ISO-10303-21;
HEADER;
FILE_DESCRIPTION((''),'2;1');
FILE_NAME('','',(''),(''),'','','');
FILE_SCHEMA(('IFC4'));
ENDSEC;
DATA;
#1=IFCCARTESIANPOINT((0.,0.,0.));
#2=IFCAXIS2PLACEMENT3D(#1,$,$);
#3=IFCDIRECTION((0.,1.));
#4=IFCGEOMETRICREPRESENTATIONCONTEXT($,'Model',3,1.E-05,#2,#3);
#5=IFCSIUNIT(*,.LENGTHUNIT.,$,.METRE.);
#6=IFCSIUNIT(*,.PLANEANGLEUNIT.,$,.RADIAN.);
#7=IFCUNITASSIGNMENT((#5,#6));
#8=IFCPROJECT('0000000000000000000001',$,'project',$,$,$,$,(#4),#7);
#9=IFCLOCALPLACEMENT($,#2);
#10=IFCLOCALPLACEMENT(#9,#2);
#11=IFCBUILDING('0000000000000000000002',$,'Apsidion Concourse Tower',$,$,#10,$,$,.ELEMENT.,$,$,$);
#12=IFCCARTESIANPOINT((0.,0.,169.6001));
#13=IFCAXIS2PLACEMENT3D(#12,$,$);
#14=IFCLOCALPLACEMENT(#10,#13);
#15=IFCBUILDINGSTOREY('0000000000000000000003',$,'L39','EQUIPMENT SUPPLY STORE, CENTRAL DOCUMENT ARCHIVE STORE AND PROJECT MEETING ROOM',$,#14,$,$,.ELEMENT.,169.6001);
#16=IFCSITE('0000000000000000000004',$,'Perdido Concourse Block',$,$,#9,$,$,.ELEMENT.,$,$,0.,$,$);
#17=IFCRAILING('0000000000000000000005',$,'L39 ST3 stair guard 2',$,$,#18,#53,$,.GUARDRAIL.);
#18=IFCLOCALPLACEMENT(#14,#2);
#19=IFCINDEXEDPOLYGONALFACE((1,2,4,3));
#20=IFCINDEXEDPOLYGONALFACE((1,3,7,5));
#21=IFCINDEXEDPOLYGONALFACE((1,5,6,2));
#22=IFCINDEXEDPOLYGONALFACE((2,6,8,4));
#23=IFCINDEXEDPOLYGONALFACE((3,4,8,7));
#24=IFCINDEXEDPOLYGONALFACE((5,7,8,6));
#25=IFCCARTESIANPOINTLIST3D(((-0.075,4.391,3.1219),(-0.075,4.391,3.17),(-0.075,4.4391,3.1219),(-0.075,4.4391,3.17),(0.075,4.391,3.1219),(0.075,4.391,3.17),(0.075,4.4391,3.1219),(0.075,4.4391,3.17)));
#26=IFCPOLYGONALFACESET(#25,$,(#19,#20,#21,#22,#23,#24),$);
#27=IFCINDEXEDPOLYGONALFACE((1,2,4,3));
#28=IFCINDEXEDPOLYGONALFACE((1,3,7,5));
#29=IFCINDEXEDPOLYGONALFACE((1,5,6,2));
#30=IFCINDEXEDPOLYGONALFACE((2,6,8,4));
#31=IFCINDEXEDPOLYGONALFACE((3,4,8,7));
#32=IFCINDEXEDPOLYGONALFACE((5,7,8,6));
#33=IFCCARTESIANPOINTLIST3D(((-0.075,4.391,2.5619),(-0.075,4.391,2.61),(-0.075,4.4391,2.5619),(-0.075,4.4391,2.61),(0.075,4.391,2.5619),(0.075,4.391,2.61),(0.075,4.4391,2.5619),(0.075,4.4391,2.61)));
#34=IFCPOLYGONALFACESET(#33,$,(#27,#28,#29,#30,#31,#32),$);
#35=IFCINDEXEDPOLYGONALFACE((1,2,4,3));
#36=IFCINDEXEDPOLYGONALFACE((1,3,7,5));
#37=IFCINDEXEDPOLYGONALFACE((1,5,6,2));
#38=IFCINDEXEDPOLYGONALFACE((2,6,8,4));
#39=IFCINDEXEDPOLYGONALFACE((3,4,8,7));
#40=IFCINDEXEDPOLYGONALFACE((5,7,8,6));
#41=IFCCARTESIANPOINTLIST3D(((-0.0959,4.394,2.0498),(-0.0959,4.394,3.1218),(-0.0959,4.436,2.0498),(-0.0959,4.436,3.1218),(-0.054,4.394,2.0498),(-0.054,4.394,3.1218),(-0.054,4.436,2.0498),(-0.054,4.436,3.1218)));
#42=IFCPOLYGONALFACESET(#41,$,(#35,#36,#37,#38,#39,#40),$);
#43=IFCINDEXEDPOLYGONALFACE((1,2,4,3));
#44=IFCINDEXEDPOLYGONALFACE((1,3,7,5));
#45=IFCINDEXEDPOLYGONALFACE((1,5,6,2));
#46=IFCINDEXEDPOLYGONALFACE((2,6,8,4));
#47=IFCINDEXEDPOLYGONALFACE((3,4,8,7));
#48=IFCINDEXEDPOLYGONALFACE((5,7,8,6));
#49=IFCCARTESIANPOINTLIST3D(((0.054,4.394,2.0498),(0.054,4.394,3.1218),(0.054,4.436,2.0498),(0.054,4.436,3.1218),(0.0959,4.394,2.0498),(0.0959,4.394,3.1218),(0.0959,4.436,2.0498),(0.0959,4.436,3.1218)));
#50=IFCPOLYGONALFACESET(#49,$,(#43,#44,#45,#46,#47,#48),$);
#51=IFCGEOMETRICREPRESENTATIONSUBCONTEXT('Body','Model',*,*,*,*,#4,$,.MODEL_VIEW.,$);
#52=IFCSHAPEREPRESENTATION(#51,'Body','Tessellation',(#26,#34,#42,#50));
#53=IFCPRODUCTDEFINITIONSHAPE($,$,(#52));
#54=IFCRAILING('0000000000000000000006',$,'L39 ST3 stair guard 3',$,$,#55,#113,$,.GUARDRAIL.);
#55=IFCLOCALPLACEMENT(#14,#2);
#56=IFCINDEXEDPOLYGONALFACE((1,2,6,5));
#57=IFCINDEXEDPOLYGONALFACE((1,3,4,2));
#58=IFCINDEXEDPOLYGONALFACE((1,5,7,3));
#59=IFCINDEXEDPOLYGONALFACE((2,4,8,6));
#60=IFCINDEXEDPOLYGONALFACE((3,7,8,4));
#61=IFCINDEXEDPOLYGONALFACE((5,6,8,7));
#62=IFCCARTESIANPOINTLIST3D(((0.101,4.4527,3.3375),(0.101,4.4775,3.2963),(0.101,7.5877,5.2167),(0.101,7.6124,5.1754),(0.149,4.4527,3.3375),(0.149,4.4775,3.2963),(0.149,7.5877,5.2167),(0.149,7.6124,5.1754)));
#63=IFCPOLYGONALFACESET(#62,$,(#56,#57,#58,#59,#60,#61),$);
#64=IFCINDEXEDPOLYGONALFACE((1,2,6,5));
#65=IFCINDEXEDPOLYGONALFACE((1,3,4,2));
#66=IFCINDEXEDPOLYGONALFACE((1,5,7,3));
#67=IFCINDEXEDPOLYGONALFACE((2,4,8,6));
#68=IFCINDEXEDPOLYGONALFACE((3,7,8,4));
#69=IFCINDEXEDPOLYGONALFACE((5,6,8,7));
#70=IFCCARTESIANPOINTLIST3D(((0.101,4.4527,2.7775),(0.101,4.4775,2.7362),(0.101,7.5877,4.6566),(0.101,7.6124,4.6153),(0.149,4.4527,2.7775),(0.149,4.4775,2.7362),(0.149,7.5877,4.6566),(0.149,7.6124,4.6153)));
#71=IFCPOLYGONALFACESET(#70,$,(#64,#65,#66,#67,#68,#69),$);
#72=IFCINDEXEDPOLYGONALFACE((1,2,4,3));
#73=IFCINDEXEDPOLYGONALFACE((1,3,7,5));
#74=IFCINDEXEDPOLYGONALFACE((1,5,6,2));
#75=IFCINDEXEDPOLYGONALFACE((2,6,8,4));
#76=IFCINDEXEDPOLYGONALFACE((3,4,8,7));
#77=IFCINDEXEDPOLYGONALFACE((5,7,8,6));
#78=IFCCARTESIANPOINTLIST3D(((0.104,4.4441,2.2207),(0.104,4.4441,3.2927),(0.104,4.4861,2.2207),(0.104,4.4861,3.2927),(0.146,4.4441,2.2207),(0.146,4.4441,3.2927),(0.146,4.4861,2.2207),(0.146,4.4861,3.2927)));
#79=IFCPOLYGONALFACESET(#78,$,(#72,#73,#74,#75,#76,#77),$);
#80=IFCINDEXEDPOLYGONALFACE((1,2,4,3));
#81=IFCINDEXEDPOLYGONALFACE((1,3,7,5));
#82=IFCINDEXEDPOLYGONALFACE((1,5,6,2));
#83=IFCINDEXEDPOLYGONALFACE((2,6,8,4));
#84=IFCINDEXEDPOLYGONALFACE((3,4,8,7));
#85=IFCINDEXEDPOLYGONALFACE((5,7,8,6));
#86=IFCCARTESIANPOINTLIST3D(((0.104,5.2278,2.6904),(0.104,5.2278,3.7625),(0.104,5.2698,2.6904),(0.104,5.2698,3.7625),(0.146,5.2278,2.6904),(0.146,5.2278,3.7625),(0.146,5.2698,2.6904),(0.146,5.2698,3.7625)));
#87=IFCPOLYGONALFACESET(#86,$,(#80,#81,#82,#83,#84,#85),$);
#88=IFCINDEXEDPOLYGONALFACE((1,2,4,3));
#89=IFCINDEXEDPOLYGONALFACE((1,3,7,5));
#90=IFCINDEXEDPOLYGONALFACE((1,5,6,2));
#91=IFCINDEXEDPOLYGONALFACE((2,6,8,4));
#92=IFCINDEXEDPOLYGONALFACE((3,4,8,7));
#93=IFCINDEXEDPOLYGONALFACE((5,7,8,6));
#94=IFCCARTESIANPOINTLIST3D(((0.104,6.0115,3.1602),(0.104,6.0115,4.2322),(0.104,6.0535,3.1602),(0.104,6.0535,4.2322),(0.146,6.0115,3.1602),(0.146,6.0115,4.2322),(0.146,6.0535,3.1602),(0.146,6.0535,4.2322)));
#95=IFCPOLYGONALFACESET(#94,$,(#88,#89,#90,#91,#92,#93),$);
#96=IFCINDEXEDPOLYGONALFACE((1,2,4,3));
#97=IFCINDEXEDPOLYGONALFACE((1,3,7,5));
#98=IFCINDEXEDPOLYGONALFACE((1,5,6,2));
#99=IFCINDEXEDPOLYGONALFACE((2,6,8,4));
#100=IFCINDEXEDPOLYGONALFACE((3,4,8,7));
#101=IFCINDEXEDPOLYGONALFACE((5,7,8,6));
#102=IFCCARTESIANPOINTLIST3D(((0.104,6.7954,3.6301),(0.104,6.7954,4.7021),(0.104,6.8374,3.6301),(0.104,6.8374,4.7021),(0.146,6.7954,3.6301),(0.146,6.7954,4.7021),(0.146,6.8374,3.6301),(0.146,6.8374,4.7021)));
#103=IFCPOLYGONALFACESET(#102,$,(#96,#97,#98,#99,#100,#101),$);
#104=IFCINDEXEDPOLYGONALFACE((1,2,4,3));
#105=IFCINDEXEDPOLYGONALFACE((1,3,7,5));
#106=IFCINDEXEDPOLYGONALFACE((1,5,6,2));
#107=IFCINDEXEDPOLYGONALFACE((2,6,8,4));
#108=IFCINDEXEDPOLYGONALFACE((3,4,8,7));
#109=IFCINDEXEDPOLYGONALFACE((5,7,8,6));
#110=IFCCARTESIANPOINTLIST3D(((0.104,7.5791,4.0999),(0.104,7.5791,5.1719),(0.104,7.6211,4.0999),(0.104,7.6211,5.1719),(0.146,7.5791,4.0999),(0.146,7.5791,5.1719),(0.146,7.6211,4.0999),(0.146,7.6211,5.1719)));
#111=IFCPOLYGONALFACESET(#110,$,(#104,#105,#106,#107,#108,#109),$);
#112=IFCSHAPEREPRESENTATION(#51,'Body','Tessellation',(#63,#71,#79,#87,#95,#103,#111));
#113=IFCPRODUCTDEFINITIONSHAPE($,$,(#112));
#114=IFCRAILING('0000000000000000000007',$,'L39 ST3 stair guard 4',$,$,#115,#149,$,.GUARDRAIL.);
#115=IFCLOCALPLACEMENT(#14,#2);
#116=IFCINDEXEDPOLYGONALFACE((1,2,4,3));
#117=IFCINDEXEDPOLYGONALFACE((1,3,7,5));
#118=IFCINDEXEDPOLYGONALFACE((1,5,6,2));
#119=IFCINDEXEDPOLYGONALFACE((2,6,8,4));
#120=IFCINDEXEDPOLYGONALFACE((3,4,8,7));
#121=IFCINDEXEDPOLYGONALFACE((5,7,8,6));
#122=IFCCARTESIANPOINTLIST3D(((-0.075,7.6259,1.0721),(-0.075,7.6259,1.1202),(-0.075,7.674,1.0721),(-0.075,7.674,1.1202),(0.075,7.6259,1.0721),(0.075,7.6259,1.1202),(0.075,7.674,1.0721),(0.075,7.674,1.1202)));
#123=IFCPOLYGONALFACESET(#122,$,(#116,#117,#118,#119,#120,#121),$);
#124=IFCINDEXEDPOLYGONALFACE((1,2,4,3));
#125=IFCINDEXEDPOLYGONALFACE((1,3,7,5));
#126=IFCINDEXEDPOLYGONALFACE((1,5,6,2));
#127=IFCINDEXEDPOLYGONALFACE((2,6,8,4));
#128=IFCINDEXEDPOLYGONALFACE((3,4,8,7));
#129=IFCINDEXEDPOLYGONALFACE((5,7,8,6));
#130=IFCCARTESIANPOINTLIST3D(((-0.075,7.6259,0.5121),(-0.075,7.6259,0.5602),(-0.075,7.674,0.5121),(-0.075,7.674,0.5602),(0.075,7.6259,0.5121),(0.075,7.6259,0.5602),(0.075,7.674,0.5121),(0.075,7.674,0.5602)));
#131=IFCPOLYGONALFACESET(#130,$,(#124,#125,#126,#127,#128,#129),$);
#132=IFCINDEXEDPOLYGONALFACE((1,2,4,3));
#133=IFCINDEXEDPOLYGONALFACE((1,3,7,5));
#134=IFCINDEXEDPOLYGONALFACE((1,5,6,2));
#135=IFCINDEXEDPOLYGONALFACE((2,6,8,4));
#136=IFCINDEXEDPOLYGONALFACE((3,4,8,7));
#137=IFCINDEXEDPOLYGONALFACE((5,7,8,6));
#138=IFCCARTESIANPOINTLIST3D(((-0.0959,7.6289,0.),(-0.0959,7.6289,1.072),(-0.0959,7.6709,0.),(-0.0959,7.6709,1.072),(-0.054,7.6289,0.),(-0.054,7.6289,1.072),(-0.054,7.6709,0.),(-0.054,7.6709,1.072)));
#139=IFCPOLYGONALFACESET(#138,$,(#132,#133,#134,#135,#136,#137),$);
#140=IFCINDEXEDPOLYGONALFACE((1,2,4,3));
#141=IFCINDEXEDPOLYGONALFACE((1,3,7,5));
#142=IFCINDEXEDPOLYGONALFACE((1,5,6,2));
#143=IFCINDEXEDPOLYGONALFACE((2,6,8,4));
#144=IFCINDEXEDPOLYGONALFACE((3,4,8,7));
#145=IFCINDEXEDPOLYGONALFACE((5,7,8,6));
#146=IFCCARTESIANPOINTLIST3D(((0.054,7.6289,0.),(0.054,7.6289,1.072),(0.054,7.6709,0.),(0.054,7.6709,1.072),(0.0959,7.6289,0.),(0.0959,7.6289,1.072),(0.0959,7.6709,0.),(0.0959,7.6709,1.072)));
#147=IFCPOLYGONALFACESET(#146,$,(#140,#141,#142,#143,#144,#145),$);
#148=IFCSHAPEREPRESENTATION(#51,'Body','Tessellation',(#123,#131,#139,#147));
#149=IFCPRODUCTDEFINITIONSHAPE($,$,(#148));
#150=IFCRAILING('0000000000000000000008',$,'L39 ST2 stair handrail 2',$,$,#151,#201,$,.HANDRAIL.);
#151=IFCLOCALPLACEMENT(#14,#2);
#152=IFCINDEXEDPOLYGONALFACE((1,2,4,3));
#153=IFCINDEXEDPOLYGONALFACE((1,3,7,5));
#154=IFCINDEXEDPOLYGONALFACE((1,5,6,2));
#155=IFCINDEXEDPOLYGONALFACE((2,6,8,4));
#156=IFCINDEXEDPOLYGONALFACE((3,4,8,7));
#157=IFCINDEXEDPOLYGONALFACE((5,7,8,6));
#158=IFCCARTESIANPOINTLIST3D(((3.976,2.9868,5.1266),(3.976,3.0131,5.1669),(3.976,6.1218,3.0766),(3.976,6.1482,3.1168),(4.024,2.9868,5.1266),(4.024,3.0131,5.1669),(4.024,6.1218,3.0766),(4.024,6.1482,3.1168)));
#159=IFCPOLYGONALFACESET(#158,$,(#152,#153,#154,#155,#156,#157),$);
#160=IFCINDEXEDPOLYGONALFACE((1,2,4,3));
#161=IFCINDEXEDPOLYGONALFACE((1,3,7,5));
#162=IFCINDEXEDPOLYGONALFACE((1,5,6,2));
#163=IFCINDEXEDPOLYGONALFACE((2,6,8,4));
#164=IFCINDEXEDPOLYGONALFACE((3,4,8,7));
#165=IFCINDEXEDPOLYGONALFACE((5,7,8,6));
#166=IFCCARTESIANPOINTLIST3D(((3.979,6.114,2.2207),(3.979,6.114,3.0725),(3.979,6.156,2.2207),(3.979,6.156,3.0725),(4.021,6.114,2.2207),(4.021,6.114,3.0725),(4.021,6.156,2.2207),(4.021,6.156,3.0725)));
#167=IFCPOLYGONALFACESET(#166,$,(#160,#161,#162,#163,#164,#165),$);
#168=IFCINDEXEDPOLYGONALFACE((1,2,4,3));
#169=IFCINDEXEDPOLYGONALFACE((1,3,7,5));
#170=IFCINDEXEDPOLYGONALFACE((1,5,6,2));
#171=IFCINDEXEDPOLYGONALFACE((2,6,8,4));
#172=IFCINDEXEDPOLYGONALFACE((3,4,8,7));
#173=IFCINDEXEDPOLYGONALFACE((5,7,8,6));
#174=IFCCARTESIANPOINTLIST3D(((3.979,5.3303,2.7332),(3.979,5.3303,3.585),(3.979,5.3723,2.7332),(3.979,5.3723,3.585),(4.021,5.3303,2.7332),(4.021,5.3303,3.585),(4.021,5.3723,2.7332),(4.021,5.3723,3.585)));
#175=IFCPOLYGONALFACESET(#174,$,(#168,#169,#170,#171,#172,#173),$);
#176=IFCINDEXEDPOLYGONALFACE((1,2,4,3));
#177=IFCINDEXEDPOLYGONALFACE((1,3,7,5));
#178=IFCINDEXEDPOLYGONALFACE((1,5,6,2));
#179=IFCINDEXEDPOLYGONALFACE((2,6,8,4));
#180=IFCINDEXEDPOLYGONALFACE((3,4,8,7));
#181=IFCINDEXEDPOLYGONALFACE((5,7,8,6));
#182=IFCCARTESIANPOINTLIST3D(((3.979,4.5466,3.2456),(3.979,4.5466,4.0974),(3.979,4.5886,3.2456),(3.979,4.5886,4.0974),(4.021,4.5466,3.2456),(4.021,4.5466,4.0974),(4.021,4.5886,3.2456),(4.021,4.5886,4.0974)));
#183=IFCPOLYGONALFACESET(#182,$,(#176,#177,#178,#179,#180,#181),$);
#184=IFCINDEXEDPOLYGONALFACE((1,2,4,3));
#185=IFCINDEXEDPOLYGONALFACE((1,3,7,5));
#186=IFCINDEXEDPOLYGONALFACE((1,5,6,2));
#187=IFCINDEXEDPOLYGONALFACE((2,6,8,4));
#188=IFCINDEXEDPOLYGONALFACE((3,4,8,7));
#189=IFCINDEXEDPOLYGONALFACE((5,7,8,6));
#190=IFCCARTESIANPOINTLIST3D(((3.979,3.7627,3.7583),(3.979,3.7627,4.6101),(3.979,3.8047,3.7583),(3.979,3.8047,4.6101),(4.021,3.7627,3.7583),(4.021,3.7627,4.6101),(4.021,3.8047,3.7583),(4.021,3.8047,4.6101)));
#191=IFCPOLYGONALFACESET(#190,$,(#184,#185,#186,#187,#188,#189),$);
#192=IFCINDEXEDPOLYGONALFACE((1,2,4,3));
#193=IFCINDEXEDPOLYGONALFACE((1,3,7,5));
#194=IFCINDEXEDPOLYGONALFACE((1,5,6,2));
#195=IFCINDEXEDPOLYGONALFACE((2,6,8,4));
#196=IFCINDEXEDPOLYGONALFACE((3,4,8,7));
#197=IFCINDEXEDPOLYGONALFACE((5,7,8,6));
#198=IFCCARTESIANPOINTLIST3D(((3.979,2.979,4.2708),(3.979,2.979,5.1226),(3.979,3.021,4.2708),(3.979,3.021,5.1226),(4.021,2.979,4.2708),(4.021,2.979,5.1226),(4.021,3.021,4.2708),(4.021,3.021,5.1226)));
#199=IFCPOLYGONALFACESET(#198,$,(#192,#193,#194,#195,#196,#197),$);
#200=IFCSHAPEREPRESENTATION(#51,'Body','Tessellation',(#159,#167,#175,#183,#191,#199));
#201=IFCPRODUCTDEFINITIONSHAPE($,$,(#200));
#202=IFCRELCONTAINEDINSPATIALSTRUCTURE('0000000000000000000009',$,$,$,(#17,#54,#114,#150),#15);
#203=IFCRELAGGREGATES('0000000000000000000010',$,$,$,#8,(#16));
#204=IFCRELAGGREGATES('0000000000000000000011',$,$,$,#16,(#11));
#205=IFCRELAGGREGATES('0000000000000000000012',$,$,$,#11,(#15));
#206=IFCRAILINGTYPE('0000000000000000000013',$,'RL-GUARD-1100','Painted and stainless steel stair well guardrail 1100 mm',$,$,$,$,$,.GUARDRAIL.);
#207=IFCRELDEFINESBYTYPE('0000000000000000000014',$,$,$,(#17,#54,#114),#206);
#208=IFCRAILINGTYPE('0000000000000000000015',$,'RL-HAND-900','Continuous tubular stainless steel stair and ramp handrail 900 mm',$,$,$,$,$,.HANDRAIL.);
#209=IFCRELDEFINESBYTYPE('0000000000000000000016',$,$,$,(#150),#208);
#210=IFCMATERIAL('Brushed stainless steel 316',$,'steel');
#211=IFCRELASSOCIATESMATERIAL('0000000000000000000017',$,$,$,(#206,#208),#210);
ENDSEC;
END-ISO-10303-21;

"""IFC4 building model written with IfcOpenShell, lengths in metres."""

from ifc_helpers import new_model, si_unit, direction, frame, origin, origin_2d, place, context, subcontext, project, spatial, rectangle, extrude, material, type_object, element, save


model = new_model("IFC4")

# Units and contexts
model_context = context("Model", 3, precision=1e-05, world=origin(), true_north=direction((0.0, 1.0)))
body_context = subcontext(model_context, "Body", "Model", "MODEL_VIEW")
ifc_project = project(units=[si_unit("LENGTHUNIT", "METRE"), si_unit("PLANEANGLEUNIT", "RADIAN")], contexts=[model_context])

# Site, building, storey
site_placement = place(None, origin())
site = spatial("IfcSite", under=ifc_project, at=site_placement, Name="Perdido Concourse Block", CompositionType="ELEMENT", RefElevation=0.0)
building_placement = place(site_placement, origin())
building = spatial("IfcBuilding", under=site, at=building_placement, Name="Apsidion Concourse Tower", CompositionType="ELEMENT")
storey_placement = place(building_placement, frame((0.0, 0.0, 169.6001)))
storey = spatial("IfcBuildingStorey", under=building, at=storey_placement, Name="L39", Description="EQUIPMENT SUPPLY STORE, CENTRAL DOCUMENT ARCHIVE STORE AND PROJECT MEETING ROOM", CompositionType="ELEMENT", Elevation=169.6001)

# Railings
ifc_material_1 = material(Name="Brushed stainless steel 316", Category="steel")
railing_type_1 = type_object("IfcRailingType", Name="RL-GUARD-1100", Description="Painted and stainless steel stair well guardrail 1100 mm", PredefinedType="GUARDRAIL", material=ifc_material_1)
railing_1_placement = place(storey_placement, frame((-0.075, 4.415, 2.0498)))
element("IfcRailing", 1, at=railing_1_placement, inside=storey, type_object=railing_type_1, Name="L39 ST3 stair guard 2", PredefinedType="GUARDRAIL", context=body_context, shape_type="SweptSolid", body=[
    extrude(rectangle(XDim=0.0481, YDim=0.0481, at=origin_2d()), frame((0.0, 0.0, 1.0962), z_axis=(1.0, 0.0, 0.0), x_axis=(0.0, 1.0, 0.0)), (0.0, 0.0, 1.0), 0.1499),
    extrude(rectangle(XDim=0.0481, YDim=0.0481, at=origin_2d()), frame((0.0, 0.0, 0.5361), z_axis=(1.0, 0.0, 0.0), x_axis=(0.0, 1.0, 0.0)), (0.0, 0.0, 1.0), 0.1499),
    extrude(rectangle(XDim=0.042, YDim=0.042, at=origin_2d()), origin(), (0.0, 0.0, 1.0), 1.072),
    extrude(rectangle(XDim=0.042, YDim=0.042, at=origin_2d()), frame((0.1499, 0.0, 0.0)), (0.0, 0.0, 1.0), 1.072),
])
railing_2_placement = place(storey_placement, frame((0.125, 4.4651, 2.2207)))
element("IfcRailing", 2, at=railing_2_placement, inside=storey, type_object=railing_type_1, Name="L39 ST3 stair guard 3", PredefinedType="GUARDRAIL", context=body_context, shape_type="SweptSolid", body=[
    extrude(rectangle(XDim=0.0481, YDim=0.0481, at=origin_2d()), frame((0.0, 0.0, 1.0962), z_axis=(0.0, 0.857717, 0.514122), x_axis=(-1.0, 0.0, 0.0)), (0.0, 0.0, 1.0), 3.655),
    extrude(rectangle(XDim=0.0481, YDim=0.0481, at=origin_2d()), frame((0.0, 0.0, 0.5361), z_axis=(0.0, 0.857717, 0.514122), x_axis=(-1.0, 0.0, 0.0)), (0.0, 0.0, 1.0), 3.655),
    extrude(rectangle(XDim=0.042, YDim=0.042, at=origin_2d()), origin(), (0.0, 0.0, 1.0), 1.072),
    extrude(rectangle(XDim=0.042, YDim=0.042, at=origin_2d()), frame((0.0, 0.7837, 0.4697)), (0.0, 0.0, 1.0), 1.072),
    extrude(rectangle(XDim=0.042, YDim=0.042, at=origin_2d()), frame((0.0, 1.5674, 0.9395)), (0.0, 0.0, 1.0), 1.072),
    extrude(rectangle(XDim=0.042, YDim=0.042, at=origin_2d()), frame((0.0, 2.3513, 1.4094)), (0.0, 0.0, 1.0), 1.072),
    extrude(rectangle(XDim=0.042, YDim=0.042, at=origin_2d()), frame((0.0, 3.135, 1.8792)), (0.0, 0.0, 1.0), 1.072),
])
railing_3_placement = place(storey_placement, frame((-0.075, 7.6499, 0.0)))
element("IfcRailing", 3, at=railing_3_placement, inside=storey, type_object=railing_type_1, Name="L39 ST3 stair guard 4", PredefinedType="GUARDRAIL", context=body_context, shape_type="SweptSolid", body=[
    extrude(rectangle(XDim=0.0481, YDim=0.0481, at=origin_2d()), frame((0.0, 0.0, 1.0962), z_axis=(1.0, 0.0, 0.0), x_axis=(0.0, 1.0, 0.0)), (0.0, 0.0, 1.0), 0.1499),
    extrude(rectangle(XDim=0.0481, YDim=0.0481, at=origin_2d()), frame((0.0, 0.0, 0.5361), z_axis=(1.0, 0.0, 0.0), x_axis=(0.0, 1.0, 0.0)), (0.0, 0.0, 1.0), 0.1499),
    extrude(rectangle(XDim=0.042, YDim=0.042, at=origin_2d()), origin(), (0.0, 0.0, 1.0), 1.072),
    extrude(rectangle(XDim=0.042, YDim=0.042, at=origin_2d()), frame((0.1499, 0.0, 0.0)), (0.0, 0.0, 1.0), 1.072),
])
railing_type_2 = type_object("IfcRailingType", Name="RL-HAND-900", Description="Continuous tubular stainless steel stair and ramp handrail 900 mm", PredefinedType="HANDRAIL", material=ifc_material_1)
railing_4_placement = place(storey_placement, frame((4.0, 6.135, 2.2207)))
element("IfcRailing", 4, at=railing_4_placement, inside=storey, type_object=railing_type_2, Name="L39 ST2 stair handrail 2", PredefinedType="HANDRAIL", context=body_context, shape_type="SweptSolid", body=[
    extrude(rectangle(XDim=0.0481, YDim=0.0481, at=origin_2d()), frame((0.0, 0.0, 0.876), z_axis=(0.0, -0.836941, 0.547293), x_axis=(1.0, 0.0, 0.0)), (0.0, 0.0, 1.0), 3.7458),
    extrude(rectangle(XDim=0.042, YDim=0.042, at=origin_2d()), origin(), (0.0, 0.0, 1.0), 0.8518),
    extrude(rectangle(XDim=0.042, YDim=0.042, at=origin_2d()), frame((0.0, -0.7837, 0.5125)), (0.0, 0.0, 1.0), 0.8518),
    extrude(rectangle(XDim=0.042, YDim=0.042, at=origin_2d()), frame((0.0, -1.5674, 1.0249)), (0.0, 0.0, 1.0), 0.8518),
    extrude(rectangle(XDim=0.042, YDim=0.042, at=origin_2d()), frame((0.0, -2.3513, 1.5376)), (0.0, 0.0, 1.0), 0.8518),
    extrude(rectangle(XDim=0.042, YDim=0.042, at=origin_2d()), frame((0.0, -3.135, 2.05)), (0.0, 0.0, 1.0), 0.8518),
])

save(model, "model.ifc")
